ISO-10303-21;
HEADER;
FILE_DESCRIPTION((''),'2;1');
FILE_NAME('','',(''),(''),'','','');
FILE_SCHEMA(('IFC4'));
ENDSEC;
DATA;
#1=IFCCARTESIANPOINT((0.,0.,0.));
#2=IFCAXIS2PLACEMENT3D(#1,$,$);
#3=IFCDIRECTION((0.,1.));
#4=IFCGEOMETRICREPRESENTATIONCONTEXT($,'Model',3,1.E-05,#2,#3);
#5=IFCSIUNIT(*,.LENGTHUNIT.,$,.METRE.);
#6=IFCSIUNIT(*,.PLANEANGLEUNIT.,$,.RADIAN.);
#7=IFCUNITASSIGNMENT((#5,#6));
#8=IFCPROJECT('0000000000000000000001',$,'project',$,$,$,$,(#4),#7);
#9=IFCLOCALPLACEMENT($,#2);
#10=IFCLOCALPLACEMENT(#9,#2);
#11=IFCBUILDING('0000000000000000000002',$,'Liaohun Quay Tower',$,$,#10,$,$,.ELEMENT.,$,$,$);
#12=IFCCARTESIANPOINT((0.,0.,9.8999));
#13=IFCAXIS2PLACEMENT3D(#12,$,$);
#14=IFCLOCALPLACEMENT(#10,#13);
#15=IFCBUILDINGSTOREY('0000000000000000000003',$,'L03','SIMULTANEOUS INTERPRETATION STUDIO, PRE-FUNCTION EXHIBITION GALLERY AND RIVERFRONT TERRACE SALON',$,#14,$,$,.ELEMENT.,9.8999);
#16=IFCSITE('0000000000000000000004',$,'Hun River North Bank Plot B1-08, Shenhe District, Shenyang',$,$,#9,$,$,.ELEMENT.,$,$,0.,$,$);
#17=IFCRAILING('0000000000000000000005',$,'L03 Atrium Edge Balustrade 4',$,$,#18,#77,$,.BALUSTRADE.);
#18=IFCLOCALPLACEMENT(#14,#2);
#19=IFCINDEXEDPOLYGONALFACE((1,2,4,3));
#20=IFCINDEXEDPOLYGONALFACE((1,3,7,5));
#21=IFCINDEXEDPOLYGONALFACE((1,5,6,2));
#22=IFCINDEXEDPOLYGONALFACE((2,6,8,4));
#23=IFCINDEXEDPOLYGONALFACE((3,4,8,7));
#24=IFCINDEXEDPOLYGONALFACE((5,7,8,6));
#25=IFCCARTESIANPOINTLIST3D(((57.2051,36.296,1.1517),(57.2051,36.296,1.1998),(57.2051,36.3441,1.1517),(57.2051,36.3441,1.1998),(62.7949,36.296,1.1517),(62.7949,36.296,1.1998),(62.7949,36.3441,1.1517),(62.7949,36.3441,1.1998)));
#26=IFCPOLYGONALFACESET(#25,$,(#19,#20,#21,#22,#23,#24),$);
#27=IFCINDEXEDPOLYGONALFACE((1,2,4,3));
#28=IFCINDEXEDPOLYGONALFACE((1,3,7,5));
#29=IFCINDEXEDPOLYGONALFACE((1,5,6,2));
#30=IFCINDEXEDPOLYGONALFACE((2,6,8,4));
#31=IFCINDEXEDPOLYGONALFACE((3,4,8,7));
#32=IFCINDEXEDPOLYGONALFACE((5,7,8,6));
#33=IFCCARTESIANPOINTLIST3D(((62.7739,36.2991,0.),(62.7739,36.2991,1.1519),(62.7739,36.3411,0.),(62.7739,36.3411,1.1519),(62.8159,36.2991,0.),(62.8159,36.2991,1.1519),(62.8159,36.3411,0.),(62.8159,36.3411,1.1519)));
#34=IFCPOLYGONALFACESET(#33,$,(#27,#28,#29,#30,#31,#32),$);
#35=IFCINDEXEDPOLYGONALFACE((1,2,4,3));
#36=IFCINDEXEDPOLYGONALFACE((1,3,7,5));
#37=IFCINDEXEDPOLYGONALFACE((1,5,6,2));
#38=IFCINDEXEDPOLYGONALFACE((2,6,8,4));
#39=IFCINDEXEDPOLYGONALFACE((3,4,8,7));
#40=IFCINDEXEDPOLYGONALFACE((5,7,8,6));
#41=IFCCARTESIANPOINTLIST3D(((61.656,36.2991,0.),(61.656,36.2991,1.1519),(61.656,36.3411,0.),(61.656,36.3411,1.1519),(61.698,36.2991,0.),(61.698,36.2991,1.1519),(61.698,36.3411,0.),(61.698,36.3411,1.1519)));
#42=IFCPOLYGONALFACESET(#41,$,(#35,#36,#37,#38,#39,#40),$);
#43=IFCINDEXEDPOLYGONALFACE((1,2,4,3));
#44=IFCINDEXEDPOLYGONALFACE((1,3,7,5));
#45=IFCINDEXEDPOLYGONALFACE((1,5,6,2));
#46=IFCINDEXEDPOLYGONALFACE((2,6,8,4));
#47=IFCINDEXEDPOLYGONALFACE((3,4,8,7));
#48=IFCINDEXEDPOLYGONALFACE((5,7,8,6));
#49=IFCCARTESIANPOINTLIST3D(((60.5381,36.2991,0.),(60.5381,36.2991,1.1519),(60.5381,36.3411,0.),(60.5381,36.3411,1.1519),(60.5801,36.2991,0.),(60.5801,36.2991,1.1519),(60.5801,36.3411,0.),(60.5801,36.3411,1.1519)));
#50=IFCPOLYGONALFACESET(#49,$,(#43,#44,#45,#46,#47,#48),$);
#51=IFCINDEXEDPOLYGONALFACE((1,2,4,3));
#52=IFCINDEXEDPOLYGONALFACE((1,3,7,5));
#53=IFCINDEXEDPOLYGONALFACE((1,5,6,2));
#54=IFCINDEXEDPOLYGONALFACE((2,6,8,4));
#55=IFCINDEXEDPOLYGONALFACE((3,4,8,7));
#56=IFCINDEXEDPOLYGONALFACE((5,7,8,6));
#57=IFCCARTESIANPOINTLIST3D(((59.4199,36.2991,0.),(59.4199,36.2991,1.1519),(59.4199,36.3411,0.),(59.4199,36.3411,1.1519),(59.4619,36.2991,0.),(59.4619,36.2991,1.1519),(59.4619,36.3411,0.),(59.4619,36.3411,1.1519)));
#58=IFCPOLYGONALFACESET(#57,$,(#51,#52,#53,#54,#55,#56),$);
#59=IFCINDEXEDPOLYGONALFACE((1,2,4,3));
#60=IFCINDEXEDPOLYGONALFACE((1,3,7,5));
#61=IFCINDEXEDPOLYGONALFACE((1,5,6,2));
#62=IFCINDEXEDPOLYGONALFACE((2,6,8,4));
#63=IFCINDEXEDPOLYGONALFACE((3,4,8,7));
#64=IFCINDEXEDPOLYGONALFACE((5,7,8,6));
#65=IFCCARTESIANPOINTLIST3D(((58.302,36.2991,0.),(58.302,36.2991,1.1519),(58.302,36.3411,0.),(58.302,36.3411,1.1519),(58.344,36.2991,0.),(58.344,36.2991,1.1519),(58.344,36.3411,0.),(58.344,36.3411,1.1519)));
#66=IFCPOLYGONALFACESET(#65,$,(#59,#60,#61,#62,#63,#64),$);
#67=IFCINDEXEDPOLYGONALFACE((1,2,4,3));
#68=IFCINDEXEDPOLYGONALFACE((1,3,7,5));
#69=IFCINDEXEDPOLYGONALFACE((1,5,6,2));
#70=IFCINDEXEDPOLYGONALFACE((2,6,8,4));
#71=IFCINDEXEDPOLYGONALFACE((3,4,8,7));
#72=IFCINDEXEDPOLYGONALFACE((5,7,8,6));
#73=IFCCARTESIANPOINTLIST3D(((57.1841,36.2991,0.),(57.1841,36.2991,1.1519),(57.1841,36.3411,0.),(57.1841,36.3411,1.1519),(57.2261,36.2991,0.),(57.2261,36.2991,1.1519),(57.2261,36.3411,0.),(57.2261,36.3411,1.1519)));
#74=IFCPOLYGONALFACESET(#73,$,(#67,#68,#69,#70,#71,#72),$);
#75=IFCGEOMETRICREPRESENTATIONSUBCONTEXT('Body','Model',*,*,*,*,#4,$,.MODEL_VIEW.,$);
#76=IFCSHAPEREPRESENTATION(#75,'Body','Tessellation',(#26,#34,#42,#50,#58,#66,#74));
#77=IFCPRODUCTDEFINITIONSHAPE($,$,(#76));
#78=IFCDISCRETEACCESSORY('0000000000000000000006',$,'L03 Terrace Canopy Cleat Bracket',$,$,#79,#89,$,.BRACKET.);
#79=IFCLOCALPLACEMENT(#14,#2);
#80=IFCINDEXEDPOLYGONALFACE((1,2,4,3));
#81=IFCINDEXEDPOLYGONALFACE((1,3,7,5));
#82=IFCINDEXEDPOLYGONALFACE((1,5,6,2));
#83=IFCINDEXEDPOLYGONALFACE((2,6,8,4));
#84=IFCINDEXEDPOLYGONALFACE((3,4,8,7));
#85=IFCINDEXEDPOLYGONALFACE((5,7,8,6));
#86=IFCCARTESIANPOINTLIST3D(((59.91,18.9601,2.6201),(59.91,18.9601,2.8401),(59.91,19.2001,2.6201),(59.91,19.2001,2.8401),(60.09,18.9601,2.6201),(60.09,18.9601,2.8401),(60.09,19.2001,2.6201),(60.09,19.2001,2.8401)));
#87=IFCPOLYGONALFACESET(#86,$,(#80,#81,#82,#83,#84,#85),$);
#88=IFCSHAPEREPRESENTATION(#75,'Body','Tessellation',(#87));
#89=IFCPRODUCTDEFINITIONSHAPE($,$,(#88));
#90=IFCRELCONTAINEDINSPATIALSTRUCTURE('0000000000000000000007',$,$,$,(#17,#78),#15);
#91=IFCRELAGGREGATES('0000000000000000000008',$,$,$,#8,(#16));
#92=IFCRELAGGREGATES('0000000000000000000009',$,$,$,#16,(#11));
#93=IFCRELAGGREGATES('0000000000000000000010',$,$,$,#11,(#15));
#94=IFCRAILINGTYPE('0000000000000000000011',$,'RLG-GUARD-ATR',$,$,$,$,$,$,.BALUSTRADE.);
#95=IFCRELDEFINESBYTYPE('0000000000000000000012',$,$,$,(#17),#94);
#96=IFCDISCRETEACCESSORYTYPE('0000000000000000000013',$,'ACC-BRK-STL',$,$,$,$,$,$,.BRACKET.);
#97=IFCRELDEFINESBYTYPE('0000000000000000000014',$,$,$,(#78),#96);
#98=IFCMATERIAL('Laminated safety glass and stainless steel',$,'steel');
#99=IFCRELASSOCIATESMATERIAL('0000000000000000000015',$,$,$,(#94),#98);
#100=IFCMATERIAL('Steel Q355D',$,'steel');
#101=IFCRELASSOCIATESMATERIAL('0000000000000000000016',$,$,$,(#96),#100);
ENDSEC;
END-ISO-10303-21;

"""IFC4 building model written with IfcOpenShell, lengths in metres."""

from ifc_helpers import new_model, si_unit, direction, frame, origin, origin_2d, place, context, subcontext, project, spatial, rectangle, extrude, source, transform, mapped, material, type_object, element, save


model = new_model("IFC4")

# Units and contexts
model_context = context("Model", 3, precision=1e-05, world=origin(), true_north=direction((0.0, 1.0)))
body_context = subcontext(model_context, "Body", "Model", "MODEL_VIEW")
ifc_project = project(units=[si_unit("LENGTHUNIT", "METRE"), si_unit("PLANEANGLEUNIT", "RADIAN")], contexts=[model_context])

# Site, building, storey
site_placement = place(None, origin())
site = spatial("IfcSite", under=ifc_project, at=site_placement, Name="Hun River North Bank Plot B1-08, Shenhe District, Shenyang", CompositionType="ELEMENT", RefElevation=0.0)
building_placement = place(site_placement, origin())
building = spatial("IfcBuilding", under=site, at=building_placement, Name="Liaohun Quay Tower", CompositionType="ELEMENT")
storey_placement = place(building_placement, frame((0.0, 0.0, 9.8999)))
storey = spatial("IfcBuildingStorey", under=building, at=storey_placement, Name="L03", Description="SIMULTANEOUS INTERPRETATION STUDIO, PRE-FUNCTION EXHIBITION GALLERY AND RIVERFRONT TERRACE SALON", CompositionType="ELEMENT", Elevation=9.8999)

# Shared definitions
ifc_material_1 = material(Name="Steel Q355D", Category="steel")

# Railing
ifc_material_2 = material(Name="Laminated safety glass and stainless steel", Category="steel")
railing_type = type_object("IfcRailingType", Name="RLG-GUARD-ATR", PredefinedType="BALUSTRADE", material=ifc_material_2)
railing_1_placement = place(storey_placement, frame((62.7949, 36.3201, 0.0)))
element("IfcRailing", 1, at=railing_1_placement, inside=storey, type_object=railing_type, Name="L03 Atrium Edge Balustrade 4", PredefinedType="BALUSTRADE", context=body_context, shape_type="SweptSolid", body=[
    extrude(rectangle(XDim=0.0481, YDim=0.0481, at=origin_2d()), frame((0.0, 0.0, 1.1758), z_axis=(-1.0, 0.0, 0.0), x_axis=(0.0, -1.0, 0.0)), (0.0, 0.0, 1.0), 5.5898),
    extrude(rectangle(XDim=0.042, YDim=0.042, at=origin_2d()), origin(), (0.0, 0.0, 1.0), 1.1519),
    extrude(rectangle(XDim=0.042, YDim=0.042, at=origin_2d()), frame((-1.1179, 0.0, 0.0)), (0.0, 0.0, 1.0), 1.1519),
    extrude(rectangle(XDim=0.042, YDim=0.042, at=origin_2d()), frame((-2.2358, 0.0, 0.0)), (0.0, 0.0, 1.0), 1.1519),
    extrude(rectangle(XDim=0.042, YDim=0.042, at=origin_2d()), frame((-3.354, 0.0, 0.0)), (0.0, 0.0, 1.0), 1.1519),
    extrude(rectangle(XDim=0.042, YDim=0.042, at=origin_2d()), frame((-4.4719, 0.0, 0.0)), (0.0, 0.0, 1.0), 1.1519),
    extrude(rectangle(XDim=0.042, YDim=0.042, at=origin_2d()), frame((-5.5898, 0.0, 0.0)), (0.0, 0.0, 1.0), 1.1519),
])

# Discrete accessory
discrete_accessory_type = type_object("IfcDiscreteAccessoryType", Name="ACC-BRK-STL", PredefinedType="BRACKET", material=ifc_material_1)
shared_shape_1 = source(origin(), body_context, "Body", "SweptSolid", [
    extrude(rectangle(XDim=0.1799, YDim=0.24, at=origin_2d()), origin(), (0.0, 0.0, 1.0), 0.22),
])
discrete_accessory_placement = place(storey_placement, frame((60.0, 19.0801, 2.6201), z_axis=(0.0, 0.0, 1.0), x_axis=(1.0, 0.0, 0.0)))
element("IfcDiscreteAccessory", 2, at=discrete_accessory_placement, inside=storey, type_object=discrete_accessory_type, Name="L03 Terrace Canopy Cleat Bracket", PredefinedType="BRACKET", context=body_context, shape_type="MappedRepresentation", body=[
    mapped(shared_shape_1, transform((0.0, 0.0, 0.0), x_axis=(1.0, 0.0, 0.0), y_axis=(0.0, 1.0, 0.0), z_axis=(0.0, 0.0, 1.0), scale=1.0)),
])

save(model, "model.ifc")
